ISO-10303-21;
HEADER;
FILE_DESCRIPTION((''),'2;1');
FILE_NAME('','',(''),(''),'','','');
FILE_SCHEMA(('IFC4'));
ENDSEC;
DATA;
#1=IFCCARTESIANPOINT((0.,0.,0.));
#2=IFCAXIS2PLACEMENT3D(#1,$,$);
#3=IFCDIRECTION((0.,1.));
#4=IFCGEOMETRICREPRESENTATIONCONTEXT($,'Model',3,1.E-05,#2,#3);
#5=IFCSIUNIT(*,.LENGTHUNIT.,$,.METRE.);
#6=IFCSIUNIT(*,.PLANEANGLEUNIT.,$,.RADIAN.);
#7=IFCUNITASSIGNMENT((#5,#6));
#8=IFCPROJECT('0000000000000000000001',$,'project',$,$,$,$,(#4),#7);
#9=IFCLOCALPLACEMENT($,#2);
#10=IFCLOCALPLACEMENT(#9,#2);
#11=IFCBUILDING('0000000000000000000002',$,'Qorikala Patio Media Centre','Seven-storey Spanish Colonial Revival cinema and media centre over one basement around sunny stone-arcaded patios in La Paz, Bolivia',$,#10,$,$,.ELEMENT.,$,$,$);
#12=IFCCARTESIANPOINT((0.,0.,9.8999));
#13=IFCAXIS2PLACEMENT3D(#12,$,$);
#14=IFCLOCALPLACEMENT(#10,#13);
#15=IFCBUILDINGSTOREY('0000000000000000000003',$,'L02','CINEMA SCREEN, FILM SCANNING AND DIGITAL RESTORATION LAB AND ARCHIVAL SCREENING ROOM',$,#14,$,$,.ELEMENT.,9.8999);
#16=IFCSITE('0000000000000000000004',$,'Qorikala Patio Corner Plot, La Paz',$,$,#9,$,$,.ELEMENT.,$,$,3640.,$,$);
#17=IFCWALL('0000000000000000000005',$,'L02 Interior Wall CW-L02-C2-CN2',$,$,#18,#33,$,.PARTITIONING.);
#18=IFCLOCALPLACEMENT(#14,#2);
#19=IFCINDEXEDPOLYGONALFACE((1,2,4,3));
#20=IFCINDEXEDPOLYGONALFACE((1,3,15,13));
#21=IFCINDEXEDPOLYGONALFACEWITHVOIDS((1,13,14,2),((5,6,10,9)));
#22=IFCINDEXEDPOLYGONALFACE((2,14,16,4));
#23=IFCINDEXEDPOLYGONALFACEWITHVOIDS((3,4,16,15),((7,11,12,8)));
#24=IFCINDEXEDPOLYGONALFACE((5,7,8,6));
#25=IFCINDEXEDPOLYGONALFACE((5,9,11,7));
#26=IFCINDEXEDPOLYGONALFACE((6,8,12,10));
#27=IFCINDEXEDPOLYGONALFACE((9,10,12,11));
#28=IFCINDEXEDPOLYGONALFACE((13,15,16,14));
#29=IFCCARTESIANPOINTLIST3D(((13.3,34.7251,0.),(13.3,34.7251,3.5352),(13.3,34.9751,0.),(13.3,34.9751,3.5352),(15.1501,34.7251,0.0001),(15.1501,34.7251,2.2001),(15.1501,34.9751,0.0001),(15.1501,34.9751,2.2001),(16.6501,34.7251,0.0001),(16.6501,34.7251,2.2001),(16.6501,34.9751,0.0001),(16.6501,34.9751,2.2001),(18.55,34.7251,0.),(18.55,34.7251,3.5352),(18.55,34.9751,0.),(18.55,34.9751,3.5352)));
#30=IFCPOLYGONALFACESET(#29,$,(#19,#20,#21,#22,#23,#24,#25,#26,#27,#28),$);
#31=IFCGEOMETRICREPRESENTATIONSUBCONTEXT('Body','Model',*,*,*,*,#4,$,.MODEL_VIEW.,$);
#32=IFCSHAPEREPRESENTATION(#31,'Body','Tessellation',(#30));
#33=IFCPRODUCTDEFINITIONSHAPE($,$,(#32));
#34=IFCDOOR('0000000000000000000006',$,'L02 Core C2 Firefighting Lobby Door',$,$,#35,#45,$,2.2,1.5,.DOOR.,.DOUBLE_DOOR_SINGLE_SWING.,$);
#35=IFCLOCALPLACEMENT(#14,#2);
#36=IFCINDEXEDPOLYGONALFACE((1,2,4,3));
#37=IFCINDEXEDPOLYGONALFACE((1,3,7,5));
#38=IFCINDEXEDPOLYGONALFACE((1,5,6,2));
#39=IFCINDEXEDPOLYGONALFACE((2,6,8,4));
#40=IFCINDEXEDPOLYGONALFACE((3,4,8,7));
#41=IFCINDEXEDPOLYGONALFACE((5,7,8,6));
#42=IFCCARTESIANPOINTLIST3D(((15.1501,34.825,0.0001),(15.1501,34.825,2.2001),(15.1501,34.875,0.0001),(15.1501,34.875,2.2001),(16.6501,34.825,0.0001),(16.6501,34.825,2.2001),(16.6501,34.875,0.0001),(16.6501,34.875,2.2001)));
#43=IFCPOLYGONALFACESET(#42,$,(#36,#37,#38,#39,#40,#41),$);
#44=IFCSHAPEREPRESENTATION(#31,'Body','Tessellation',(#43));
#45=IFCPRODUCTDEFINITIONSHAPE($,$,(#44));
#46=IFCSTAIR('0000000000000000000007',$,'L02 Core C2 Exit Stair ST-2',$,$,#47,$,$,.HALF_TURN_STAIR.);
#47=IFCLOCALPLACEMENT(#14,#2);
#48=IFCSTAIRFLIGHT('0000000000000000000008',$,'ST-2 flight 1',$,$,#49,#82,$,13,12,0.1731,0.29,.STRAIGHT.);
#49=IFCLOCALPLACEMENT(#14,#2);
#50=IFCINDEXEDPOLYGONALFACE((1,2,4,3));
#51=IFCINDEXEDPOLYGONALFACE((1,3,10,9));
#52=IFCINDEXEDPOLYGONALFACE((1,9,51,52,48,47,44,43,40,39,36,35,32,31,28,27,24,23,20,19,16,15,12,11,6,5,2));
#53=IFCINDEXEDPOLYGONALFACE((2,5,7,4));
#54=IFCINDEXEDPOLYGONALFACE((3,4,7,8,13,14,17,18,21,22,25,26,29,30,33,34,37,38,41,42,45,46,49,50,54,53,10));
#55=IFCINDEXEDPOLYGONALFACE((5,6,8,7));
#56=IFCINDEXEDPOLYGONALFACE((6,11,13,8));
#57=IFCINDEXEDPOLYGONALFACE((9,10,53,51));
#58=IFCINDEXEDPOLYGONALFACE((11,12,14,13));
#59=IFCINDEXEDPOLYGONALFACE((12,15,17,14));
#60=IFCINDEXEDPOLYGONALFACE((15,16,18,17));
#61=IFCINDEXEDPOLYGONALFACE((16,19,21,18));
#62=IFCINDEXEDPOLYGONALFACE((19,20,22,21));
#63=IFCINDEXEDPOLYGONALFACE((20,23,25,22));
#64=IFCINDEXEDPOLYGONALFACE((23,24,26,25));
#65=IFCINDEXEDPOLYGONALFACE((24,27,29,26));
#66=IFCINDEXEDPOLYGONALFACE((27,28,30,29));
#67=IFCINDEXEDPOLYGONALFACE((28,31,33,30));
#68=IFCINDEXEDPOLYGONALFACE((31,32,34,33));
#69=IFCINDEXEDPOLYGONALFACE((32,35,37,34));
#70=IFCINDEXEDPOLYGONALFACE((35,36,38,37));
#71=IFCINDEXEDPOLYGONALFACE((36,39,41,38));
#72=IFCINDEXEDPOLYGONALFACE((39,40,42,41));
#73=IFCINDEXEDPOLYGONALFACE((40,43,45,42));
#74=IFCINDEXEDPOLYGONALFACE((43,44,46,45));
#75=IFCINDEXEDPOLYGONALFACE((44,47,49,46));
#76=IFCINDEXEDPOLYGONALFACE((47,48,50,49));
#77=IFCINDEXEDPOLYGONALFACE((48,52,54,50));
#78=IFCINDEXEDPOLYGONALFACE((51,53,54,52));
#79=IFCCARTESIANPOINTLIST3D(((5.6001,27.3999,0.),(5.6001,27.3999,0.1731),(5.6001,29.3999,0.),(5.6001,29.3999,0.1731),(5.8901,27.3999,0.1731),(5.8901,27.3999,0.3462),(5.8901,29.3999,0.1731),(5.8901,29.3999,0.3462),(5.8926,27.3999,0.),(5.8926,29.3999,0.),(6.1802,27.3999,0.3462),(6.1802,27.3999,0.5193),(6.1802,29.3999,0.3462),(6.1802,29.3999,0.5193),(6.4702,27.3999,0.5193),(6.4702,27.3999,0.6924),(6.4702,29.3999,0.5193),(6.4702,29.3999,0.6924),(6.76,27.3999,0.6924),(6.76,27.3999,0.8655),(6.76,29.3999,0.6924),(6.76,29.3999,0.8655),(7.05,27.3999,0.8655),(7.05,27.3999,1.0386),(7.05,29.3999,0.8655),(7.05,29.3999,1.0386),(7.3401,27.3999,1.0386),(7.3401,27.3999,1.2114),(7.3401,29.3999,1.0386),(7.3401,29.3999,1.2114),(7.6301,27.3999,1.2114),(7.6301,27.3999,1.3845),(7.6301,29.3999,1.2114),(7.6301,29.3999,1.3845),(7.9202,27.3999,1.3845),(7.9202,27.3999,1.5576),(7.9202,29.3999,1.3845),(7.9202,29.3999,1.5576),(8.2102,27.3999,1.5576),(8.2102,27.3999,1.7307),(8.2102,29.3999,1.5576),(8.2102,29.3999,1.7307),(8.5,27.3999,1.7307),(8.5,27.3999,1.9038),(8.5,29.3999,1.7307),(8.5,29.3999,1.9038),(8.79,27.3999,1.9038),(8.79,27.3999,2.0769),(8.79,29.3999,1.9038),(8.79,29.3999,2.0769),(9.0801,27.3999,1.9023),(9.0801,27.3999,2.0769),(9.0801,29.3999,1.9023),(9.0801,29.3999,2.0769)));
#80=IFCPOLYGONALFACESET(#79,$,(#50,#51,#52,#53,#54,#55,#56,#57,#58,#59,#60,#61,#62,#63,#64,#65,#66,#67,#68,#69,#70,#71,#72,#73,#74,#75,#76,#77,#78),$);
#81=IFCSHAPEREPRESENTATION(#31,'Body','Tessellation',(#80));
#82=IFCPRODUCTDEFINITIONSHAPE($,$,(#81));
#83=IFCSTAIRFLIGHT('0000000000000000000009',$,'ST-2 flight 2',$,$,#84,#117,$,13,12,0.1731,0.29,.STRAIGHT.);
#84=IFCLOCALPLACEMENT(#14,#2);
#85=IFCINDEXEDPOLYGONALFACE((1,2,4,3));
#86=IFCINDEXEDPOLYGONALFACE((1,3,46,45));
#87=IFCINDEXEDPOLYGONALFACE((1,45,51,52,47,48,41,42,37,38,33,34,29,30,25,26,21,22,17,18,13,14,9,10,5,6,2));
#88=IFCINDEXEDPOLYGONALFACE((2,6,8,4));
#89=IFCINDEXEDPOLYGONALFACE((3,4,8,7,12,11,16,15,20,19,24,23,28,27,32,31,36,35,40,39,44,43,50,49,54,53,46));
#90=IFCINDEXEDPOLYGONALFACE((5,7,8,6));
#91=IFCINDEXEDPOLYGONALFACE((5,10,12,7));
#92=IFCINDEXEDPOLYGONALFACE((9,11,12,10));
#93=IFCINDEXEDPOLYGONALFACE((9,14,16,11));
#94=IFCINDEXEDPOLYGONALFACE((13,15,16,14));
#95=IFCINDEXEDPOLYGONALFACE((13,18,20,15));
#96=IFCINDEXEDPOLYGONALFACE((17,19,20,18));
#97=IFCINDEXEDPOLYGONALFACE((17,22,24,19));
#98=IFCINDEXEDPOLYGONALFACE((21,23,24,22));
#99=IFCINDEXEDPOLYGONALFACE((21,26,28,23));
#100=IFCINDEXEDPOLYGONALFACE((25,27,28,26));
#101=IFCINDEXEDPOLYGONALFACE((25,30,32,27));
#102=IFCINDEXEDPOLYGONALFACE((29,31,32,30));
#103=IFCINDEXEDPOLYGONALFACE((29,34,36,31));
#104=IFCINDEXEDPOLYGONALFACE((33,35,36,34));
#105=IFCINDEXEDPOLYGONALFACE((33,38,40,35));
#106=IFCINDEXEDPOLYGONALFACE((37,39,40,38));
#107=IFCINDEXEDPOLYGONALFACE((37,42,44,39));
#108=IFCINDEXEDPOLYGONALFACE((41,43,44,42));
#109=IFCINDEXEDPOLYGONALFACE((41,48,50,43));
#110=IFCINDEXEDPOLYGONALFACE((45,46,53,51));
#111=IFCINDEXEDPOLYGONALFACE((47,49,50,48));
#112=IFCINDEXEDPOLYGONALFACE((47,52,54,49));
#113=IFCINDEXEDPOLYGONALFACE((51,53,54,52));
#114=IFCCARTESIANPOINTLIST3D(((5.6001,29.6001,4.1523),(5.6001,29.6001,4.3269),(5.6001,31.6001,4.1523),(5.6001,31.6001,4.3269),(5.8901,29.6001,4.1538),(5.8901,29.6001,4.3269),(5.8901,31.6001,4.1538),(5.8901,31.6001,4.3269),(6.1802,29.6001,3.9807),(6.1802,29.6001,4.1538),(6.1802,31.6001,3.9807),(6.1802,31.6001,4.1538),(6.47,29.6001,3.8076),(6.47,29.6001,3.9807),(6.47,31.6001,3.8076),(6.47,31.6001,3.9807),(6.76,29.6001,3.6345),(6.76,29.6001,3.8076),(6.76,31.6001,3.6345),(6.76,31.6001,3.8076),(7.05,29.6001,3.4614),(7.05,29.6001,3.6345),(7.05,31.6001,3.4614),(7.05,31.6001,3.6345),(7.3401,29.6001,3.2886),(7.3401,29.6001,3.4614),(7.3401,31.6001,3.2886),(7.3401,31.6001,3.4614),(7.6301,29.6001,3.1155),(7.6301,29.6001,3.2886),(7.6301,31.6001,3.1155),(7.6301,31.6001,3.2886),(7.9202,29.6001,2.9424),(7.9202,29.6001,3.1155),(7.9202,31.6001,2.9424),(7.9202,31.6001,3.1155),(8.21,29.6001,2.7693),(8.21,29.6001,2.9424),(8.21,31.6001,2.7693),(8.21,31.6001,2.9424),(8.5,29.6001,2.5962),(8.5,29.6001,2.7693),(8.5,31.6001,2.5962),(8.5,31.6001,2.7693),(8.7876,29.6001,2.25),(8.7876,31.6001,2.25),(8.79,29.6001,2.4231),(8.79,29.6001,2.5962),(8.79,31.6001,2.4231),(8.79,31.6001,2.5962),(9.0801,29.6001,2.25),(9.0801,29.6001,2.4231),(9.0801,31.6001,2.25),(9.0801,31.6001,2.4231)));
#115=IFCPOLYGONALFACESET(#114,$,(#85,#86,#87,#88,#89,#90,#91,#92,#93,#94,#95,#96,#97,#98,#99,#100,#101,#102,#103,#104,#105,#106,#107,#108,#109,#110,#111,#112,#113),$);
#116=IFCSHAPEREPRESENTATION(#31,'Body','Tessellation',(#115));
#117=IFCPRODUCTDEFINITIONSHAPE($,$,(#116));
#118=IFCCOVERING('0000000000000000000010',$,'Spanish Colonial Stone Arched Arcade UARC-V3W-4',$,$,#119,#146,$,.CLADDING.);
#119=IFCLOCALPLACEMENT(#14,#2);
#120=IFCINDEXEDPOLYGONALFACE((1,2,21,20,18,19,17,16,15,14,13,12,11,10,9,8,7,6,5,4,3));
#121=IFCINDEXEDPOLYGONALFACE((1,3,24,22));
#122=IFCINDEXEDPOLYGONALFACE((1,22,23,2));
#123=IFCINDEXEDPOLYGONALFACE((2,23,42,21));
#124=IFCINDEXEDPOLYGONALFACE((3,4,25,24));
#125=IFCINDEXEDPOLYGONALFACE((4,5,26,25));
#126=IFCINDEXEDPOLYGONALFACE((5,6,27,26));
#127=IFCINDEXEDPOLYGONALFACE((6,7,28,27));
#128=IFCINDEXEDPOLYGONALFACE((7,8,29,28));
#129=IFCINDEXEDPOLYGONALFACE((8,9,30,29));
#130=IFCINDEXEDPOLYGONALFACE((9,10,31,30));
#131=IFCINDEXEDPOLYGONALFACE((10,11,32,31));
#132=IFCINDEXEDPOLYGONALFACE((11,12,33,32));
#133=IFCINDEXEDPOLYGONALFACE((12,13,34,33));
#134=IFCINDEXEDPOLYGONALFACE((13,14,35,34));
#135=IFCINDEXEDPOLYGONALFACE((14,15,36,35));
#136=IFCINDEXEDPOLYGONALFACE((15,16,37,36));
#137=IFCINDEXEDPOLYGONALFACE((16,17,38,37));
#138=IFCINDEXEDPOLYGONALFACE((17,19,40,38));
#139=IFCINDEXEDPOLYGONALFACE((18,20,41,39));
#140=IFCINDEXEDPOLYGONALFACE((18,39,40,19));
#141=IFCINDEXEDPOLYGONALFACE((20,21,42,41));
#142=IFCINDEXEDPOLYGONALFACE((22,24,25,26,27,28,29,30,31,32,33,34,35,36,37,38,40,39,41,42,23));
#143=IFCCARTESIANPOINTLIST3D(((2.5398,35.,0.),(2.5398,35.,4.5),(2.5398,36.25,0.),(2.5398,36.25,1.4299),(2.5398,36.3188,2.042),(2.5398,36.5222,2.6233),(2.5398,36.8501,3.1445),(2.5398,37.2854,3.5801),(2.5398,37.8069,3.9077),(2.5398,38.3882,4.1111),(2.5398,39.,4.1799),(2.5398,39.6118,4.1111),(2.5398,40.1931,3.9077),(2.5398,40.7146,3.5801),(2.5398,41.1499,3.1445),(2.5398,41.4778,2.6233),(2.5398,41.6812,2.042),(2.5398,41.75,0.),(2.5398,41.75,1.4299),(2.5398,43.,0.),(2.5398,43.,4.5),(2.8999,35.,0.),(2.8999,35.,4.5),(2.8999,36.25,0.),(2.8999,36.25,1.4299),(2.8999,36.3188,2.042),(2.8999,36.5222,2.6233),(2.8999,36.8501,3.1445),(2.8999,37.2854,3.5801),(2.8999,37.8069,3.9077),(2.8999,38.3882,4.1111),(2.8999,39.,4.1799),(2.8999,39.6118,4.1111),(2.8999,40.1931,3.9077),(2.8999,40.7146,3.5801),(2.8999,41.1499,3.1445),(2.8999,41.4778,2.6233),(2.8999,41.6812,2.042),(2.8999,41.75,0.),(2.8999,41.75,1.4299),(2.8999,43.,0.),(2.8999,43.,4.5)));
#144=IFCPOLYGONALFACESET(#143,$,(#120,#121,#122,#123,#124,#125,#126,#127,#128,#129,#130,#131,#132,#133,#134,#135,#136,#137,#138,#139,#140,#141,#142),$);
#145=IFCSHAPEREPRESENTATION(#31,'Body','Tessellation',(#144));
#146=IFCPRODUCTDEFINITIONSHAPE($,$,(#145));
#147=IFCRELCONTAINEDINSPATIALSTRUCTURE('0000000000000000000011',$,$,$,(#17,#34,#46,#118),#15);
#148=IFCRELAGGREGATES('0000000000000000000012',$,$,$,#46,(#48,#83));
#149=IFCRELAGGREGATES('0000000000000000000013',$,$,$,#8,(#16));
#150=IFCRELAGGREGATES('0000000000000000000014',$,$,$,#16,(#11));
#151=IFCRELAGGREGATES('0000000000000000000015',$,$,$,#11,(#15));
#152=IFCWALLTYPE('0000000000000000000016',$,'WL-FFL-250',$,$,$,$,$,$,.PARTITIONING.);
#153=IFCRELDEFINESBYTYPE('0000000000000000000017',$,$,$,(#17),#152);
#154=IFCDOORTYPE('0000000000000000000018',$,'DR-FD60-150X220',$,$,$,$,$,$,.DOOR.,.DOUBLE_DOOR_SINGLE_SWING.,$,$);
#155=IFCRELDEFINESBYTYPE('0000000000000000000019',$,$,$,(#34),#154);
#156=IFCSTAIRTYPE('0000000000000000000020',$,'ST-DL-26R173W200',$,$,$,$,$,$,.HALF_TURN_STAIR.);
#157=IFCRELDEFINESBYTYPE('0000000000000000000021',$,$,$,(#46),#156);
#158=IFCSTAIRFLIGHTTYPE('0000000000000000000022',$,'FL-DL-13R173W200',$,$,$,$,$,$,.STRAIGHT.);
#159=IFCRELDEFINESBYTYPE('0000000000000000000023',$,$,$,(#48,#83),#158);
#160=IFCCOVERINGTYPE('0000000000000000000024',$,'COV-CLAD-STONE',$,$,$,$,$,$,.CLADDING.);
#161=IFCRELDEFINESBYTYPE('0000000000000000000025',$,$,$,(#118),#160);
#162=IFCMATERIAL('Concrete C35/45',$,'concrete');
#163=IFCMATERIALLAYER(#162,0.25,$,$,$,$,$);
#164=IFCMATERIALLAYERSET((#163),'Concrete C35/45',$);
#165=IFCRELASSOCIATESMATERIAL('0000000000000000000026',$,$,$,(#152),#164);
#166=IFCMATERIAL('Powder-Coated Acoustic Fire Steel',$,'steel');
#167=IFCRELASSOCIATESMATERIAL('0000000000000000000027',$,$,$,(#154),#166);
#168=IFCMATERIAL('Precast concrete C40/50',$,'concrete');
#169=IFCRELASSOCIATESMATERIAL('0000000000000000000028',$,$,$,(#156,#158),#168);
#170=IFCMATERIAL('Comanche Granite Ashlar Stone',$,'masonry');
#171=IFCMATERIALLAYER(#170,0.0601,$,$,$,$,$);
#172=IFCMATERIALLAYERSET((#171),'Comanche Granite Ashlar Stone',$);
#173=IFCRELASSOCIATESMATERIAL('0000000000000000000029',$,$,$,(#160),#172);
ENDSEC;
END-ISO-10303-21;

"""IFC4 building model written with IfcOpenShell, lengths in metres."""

from ifc_helpers import new_model, si_unit, direction, frame, frame_2d, origin, place, context, subcontext, project, spatial, polyline, rectangle, outline, extrude, material, layer, layer_set, type_object, element, fill, aggregate, save


model = new_model("IFC4")

# Units and contexts
model_context = context("Model", 3, precision=1e-05, world=origin(), true_north=direction((0.0, 1.0)))
body_context = subcontext(model_context, "Body", "Model", "MODEL_VIEW")
ifc_project = project(units=[si_unit("LENGTHUNIT", "METRE"), si_unit("PLANEANGLEUNIT", "RADIAN")], contexts=[model_context])

# Site, building, storey
site_placement = place(None, origin())
site = spatial("IfcSite", under=ifc_project, at=site_placement, Name="Qorikala Patio Corner Plot, La Paz", CompositionType="ELEMENT", RefElevation=3640.0)
building_placement = place(site_placement, origin())
building = spatial("IfcBuilding", under=site, at=building_placement, Name="Qorikala Patio Media Centre", Description="Seven-storey Spanish Colonial Revival cinema and media centre over one basement around sunny stone-arcaded patios in La Paz, Bolivia", CompositionType="ELEMENT")
storey_placement = place(building_placement, frame((0.0, 0.0, 9.8999)))
storey = spatial("IfcBuildingStorey", under=building, at=storey_placement, Name="L02", Description="CINEMA SCREEN, FILM SCANNING AND DIGITAL RESTORATION LAB AND ARCHIVAL SCREENING ROOM", CompositionType="ELEMENT", Elevation=9.8999)

# Shared definitions
ifc_material_1 = material(Name="Concrete C35/45", Category="concrete")

# Shared definitions
ifc_material_2 = material(Name="Powder-Coated Acoustic Fire Steel", Category="steel")

# Wall, opening, door
ifc_layer_1 = layer(ifc_material_1, 0.25)
ifc_layer_set_1 = layer_set([ifc_layer_1], Name="Concrete C35/45")
wall_type_1 = type_object("IfcWallType", Name="WL-FFL-250", PredefinedType="PARTITIONING", material=ifc_layer_set_1)
wall_1_placement = place(storey_placement, frame((13.3, 34.8501, 0.0), z_axis=(0.0, 0.0, 1.0), x_axis=(1.0, 0.0, 0.0)))
wall_1 = element("IfcWall", 1, at=wall_1_placement, inside=storey, type_object=wall_type_1, Name="L02 Interior Wall CW-L02-C2-CN2", PredefinedType="PARTITIONING", context=body_context, shape_type="SweptSolid", body=[
    extrude(rectangle(XDim=5.25, YDim=0.25, at=frame_2d((2.625, 0.0))), origin(), (0.0, 0.0, 1.0), 3.5352),
])
opening_1_placement = place(wall_1_placement, frame((1.8501, 0.0, 0.0)))
opening_1 = element("IfcOpeningElement", 2, at=opening_1_placement, cuts=wall_1, PredefinedType="OPENING", context=body_context, shape_type="SweptSolid", body=[
    extrude(rectangle(XDim=1.5, YDim=2.2, at=frame_2d((0.75, 1.1001))), frame((0.0, 0.135, 0.0), z_axis=(0.0, -1.0, 0.0), x_axis=(1.0, 0.0, 0.0)), (0.0, 0.0, 1.0), 0.27),
])
door_type_1 = type_object("IfcDoorType", Name="DR-FD60-150X220", OperationType="DOUBLE_DOOR_SINGLE_SWING", PredefinedType="DOOR", material=ifc_material_2)
door_1_placement = place(opening_1_placement, origin())
door_1 = element("IfcDoor", 3, at=door_1_placement, inside=storey, type_object=door_type_1, Name="L02 Core C2 Firefighting Lobby Door", OperationType="DOUBLE_DOOR_SINGLE_SWING", OverallHeight=2.2, OverallWidth=1.5, PredefinedType="DOOR", context=body_context, shape_type="SweptSolid", body=[
    extrude(rectangle(XDim=1.5, YDim=2.2, at=frame_2d((0.75, 1.1001))), frame((0.0, 0.0249, 0.0), z_axis=(0.0, -1.0, 0.0), x_axis=(1.0, 0.0, 0.0)), (0.0, 0.0, 1.0), 0.05),
])
fill(opening_1, door_1)

# Stair, stair flights
ifc_material_3 = material(Name="Precast concrete C40/50", Category="concrete")
stair_type = type_object("IfcStairType", Name="ST-DL-26R173W200", PredefinedType="HALF_TURN_STAIR", material=ifc_material_3)
stair_placement = place(storey_placement, origin())
stair = element("IfcStair", 4, at=stair_placement, inside=storey, type_object=stair_type, Name="L02 Core C2 Exit Stair ST-2", PredefinedType="HALF_TURN_STAIR")
stair_flight_type = type_object("IfcStairFlightType", Name="FL-DL-13R173W200", PredefinedType="STRAIGHT", material=ifc_material_3)
stair_flight_1_placement = place(storey_placement, frame((5.6001, 28.3999, 0.0), z_axis=(0.0, 0.0, 1.0), x_axis=(1.0, 0.0, 0.0)))
stair_flight_1 = element("IfcStairFlight", 5, at=stair_flight_1_placement, type_object=stair_flight_type, Name="ST-2 flight 1", NumberOfRisers=13, NumberOfTreads=12, PredefinedType="STRAIGHT", RiserHeight=0.1731, TreadLength=0.29, context=body_context, shape_type="SweptSolid", body=[
    extrude(outline(polyline([(0.0, 0.0), (0.0, 0.1731), (0.29, 0.1731), (0.29, 0.3462), (0.5801, 0.3462), (0.5801, 0.5193), (0.8701, 0.5193), (0.8701, 0.6924), (1.1599, 0.6924), (1.1599, 0.8655), (1.45, 0.8655), (1.45, 1.0386), (1.74, 1.0386), (1.74, 1.2114), (2.03, 1.2114), (2.03, 1.3845), (2.3201, 1.3845), (2.3201, 1.5576), (2.6101, 1.5576), (2.6101, 1.7307), (2.8999, 1.7307), (2.8999, 1.9038), (3.1899, 1.9038), (3.1899, 2.0769), (3.48, 2.0769), (3.48, 2.25), (3.48, 1.9023), (0.2925, 0.0), (0.0, 0.0)])), frame((0.0, 1.0, 0.0), z_axis=(0.0, -1.0, 0.0), x_axis=(1.0, 0.0, 0.0)), (0.0, 0.0, 1.0), 2.0),
])
stair_flight_2_placement = place(storey_placement, frame((9.0801, 30.6001, 2.25), z_axis=(0.0, 0.0, 1.0), x_axis=(-1.0, 0.0, 0.0)))
stair_flight_2 = element("IfcStairFlight", 6, at=stair_flight_2_placement, type_object=stair_flight_type, Name="ST-2 flight 2", NumberOfRisers=13, NumberOfTreads=12, PredefinedType="STRAIGHT", RiserHeight=0.1731, TreadLength=0.29, context=body_context, shape_type="SweptSolid", body=[
    extrude(outline(polyline([(0.0, 0.0), (0.0, 0.1731), (0.29, 0.1731), (0.29, 0.3462), (0.5801, 0.3462), (0.5801, 0.5193), (0.8701, 0.5193), (0.8701, 0.6924), (1.1599, 0.6924), (1.1599, 0.8655), (1.45, 0.8655), (1.45, 1.0386), (1.74, 1.0386), (1.74, 1.2114), (2.03, 1.2114), (2.03, 1.3845), (2.3201, 1.3845), (2.3201, 1.5576), (2.6101, 1.5576), (2.6101, 1.7307), (2.8999, 1.7307), (2.8999, 1.9038), (3.1899, 1.9038), (3.1899, 2.0769), (3.48, 2.0769), (3.48, 2.25), (3.48, 1.9023), (0.2925, 0.0), (0.0, 0.0)])), frame((0.0, 1.0, 0.0), z_axis=(0.0, -1.0, 0.0), x_axis=(1.0, 0.0, 0.0)), (0.0, 0.0, 1.0), 2.0),
])
aggregate(stair, [stair_flight_1, stair_flight_2])

# Covering
ifc_material_4 = material(Name="Comanche Granite Ashlar Stone", Category="masonry")
ifc_layer_2 = layer(ifc_material_4, 0.0601)
ifc_layer_set_2 = layer_set([ifc_layer_2], Name="Comanche Granite Ashlar Stone")
covering_type = type_object("IfcCoveringType", Name="COV-CLAD-STONE", PredefinedType="CLADDING", material=ifc_layer_set_2)
covering_placement = place(storey_placement, frame((2.72, 35.0, 0.0), z_axis=(0.0, 0.0, 1.0), x_axis=(0.0, 1.0, 0.0)))
element("IfcCovering", 7, at=covering_placement, inside=storey, type_object=covering_type, Name="Spanish Colonial Stone Arched Arcade UARC-V3W-4", PredefinedType="CLADDING", context=body_context, shape_type="SweptSolid", body=[
    extrude(outline(polyline([(0.0, 0.0), (1.25, 0.0), (1.25, 1.4299), (1.3188, 2.042), (1.5222, 2.6233), (1.8501, 3.1445), (2.2854, 3.5801), (2.8069, 3.9077), (3.3882, 4.1111), (4.0, 4.1799), (4.6118, 4.1111), (5.1931, 3.9077), (5.7146, 3.5801), (6.1499, 3.1445), (6.4778, 2.6233), (6.6812, 2.042), (6.75, 1.4299), (6.75, 0.0), (8.0, 0.0), (8.0, 4.5), (0.0, 4.5), (0.0, 0.0)])), frame((0.0, 0.1802, 0.0), z_axis=(0.0, -1.0, 0.0), x_axis=(1.0, 0.0, 0.0)), (0.0, 0.0, 1.0), 0.3601),
])

save(model, "model.ifc")
